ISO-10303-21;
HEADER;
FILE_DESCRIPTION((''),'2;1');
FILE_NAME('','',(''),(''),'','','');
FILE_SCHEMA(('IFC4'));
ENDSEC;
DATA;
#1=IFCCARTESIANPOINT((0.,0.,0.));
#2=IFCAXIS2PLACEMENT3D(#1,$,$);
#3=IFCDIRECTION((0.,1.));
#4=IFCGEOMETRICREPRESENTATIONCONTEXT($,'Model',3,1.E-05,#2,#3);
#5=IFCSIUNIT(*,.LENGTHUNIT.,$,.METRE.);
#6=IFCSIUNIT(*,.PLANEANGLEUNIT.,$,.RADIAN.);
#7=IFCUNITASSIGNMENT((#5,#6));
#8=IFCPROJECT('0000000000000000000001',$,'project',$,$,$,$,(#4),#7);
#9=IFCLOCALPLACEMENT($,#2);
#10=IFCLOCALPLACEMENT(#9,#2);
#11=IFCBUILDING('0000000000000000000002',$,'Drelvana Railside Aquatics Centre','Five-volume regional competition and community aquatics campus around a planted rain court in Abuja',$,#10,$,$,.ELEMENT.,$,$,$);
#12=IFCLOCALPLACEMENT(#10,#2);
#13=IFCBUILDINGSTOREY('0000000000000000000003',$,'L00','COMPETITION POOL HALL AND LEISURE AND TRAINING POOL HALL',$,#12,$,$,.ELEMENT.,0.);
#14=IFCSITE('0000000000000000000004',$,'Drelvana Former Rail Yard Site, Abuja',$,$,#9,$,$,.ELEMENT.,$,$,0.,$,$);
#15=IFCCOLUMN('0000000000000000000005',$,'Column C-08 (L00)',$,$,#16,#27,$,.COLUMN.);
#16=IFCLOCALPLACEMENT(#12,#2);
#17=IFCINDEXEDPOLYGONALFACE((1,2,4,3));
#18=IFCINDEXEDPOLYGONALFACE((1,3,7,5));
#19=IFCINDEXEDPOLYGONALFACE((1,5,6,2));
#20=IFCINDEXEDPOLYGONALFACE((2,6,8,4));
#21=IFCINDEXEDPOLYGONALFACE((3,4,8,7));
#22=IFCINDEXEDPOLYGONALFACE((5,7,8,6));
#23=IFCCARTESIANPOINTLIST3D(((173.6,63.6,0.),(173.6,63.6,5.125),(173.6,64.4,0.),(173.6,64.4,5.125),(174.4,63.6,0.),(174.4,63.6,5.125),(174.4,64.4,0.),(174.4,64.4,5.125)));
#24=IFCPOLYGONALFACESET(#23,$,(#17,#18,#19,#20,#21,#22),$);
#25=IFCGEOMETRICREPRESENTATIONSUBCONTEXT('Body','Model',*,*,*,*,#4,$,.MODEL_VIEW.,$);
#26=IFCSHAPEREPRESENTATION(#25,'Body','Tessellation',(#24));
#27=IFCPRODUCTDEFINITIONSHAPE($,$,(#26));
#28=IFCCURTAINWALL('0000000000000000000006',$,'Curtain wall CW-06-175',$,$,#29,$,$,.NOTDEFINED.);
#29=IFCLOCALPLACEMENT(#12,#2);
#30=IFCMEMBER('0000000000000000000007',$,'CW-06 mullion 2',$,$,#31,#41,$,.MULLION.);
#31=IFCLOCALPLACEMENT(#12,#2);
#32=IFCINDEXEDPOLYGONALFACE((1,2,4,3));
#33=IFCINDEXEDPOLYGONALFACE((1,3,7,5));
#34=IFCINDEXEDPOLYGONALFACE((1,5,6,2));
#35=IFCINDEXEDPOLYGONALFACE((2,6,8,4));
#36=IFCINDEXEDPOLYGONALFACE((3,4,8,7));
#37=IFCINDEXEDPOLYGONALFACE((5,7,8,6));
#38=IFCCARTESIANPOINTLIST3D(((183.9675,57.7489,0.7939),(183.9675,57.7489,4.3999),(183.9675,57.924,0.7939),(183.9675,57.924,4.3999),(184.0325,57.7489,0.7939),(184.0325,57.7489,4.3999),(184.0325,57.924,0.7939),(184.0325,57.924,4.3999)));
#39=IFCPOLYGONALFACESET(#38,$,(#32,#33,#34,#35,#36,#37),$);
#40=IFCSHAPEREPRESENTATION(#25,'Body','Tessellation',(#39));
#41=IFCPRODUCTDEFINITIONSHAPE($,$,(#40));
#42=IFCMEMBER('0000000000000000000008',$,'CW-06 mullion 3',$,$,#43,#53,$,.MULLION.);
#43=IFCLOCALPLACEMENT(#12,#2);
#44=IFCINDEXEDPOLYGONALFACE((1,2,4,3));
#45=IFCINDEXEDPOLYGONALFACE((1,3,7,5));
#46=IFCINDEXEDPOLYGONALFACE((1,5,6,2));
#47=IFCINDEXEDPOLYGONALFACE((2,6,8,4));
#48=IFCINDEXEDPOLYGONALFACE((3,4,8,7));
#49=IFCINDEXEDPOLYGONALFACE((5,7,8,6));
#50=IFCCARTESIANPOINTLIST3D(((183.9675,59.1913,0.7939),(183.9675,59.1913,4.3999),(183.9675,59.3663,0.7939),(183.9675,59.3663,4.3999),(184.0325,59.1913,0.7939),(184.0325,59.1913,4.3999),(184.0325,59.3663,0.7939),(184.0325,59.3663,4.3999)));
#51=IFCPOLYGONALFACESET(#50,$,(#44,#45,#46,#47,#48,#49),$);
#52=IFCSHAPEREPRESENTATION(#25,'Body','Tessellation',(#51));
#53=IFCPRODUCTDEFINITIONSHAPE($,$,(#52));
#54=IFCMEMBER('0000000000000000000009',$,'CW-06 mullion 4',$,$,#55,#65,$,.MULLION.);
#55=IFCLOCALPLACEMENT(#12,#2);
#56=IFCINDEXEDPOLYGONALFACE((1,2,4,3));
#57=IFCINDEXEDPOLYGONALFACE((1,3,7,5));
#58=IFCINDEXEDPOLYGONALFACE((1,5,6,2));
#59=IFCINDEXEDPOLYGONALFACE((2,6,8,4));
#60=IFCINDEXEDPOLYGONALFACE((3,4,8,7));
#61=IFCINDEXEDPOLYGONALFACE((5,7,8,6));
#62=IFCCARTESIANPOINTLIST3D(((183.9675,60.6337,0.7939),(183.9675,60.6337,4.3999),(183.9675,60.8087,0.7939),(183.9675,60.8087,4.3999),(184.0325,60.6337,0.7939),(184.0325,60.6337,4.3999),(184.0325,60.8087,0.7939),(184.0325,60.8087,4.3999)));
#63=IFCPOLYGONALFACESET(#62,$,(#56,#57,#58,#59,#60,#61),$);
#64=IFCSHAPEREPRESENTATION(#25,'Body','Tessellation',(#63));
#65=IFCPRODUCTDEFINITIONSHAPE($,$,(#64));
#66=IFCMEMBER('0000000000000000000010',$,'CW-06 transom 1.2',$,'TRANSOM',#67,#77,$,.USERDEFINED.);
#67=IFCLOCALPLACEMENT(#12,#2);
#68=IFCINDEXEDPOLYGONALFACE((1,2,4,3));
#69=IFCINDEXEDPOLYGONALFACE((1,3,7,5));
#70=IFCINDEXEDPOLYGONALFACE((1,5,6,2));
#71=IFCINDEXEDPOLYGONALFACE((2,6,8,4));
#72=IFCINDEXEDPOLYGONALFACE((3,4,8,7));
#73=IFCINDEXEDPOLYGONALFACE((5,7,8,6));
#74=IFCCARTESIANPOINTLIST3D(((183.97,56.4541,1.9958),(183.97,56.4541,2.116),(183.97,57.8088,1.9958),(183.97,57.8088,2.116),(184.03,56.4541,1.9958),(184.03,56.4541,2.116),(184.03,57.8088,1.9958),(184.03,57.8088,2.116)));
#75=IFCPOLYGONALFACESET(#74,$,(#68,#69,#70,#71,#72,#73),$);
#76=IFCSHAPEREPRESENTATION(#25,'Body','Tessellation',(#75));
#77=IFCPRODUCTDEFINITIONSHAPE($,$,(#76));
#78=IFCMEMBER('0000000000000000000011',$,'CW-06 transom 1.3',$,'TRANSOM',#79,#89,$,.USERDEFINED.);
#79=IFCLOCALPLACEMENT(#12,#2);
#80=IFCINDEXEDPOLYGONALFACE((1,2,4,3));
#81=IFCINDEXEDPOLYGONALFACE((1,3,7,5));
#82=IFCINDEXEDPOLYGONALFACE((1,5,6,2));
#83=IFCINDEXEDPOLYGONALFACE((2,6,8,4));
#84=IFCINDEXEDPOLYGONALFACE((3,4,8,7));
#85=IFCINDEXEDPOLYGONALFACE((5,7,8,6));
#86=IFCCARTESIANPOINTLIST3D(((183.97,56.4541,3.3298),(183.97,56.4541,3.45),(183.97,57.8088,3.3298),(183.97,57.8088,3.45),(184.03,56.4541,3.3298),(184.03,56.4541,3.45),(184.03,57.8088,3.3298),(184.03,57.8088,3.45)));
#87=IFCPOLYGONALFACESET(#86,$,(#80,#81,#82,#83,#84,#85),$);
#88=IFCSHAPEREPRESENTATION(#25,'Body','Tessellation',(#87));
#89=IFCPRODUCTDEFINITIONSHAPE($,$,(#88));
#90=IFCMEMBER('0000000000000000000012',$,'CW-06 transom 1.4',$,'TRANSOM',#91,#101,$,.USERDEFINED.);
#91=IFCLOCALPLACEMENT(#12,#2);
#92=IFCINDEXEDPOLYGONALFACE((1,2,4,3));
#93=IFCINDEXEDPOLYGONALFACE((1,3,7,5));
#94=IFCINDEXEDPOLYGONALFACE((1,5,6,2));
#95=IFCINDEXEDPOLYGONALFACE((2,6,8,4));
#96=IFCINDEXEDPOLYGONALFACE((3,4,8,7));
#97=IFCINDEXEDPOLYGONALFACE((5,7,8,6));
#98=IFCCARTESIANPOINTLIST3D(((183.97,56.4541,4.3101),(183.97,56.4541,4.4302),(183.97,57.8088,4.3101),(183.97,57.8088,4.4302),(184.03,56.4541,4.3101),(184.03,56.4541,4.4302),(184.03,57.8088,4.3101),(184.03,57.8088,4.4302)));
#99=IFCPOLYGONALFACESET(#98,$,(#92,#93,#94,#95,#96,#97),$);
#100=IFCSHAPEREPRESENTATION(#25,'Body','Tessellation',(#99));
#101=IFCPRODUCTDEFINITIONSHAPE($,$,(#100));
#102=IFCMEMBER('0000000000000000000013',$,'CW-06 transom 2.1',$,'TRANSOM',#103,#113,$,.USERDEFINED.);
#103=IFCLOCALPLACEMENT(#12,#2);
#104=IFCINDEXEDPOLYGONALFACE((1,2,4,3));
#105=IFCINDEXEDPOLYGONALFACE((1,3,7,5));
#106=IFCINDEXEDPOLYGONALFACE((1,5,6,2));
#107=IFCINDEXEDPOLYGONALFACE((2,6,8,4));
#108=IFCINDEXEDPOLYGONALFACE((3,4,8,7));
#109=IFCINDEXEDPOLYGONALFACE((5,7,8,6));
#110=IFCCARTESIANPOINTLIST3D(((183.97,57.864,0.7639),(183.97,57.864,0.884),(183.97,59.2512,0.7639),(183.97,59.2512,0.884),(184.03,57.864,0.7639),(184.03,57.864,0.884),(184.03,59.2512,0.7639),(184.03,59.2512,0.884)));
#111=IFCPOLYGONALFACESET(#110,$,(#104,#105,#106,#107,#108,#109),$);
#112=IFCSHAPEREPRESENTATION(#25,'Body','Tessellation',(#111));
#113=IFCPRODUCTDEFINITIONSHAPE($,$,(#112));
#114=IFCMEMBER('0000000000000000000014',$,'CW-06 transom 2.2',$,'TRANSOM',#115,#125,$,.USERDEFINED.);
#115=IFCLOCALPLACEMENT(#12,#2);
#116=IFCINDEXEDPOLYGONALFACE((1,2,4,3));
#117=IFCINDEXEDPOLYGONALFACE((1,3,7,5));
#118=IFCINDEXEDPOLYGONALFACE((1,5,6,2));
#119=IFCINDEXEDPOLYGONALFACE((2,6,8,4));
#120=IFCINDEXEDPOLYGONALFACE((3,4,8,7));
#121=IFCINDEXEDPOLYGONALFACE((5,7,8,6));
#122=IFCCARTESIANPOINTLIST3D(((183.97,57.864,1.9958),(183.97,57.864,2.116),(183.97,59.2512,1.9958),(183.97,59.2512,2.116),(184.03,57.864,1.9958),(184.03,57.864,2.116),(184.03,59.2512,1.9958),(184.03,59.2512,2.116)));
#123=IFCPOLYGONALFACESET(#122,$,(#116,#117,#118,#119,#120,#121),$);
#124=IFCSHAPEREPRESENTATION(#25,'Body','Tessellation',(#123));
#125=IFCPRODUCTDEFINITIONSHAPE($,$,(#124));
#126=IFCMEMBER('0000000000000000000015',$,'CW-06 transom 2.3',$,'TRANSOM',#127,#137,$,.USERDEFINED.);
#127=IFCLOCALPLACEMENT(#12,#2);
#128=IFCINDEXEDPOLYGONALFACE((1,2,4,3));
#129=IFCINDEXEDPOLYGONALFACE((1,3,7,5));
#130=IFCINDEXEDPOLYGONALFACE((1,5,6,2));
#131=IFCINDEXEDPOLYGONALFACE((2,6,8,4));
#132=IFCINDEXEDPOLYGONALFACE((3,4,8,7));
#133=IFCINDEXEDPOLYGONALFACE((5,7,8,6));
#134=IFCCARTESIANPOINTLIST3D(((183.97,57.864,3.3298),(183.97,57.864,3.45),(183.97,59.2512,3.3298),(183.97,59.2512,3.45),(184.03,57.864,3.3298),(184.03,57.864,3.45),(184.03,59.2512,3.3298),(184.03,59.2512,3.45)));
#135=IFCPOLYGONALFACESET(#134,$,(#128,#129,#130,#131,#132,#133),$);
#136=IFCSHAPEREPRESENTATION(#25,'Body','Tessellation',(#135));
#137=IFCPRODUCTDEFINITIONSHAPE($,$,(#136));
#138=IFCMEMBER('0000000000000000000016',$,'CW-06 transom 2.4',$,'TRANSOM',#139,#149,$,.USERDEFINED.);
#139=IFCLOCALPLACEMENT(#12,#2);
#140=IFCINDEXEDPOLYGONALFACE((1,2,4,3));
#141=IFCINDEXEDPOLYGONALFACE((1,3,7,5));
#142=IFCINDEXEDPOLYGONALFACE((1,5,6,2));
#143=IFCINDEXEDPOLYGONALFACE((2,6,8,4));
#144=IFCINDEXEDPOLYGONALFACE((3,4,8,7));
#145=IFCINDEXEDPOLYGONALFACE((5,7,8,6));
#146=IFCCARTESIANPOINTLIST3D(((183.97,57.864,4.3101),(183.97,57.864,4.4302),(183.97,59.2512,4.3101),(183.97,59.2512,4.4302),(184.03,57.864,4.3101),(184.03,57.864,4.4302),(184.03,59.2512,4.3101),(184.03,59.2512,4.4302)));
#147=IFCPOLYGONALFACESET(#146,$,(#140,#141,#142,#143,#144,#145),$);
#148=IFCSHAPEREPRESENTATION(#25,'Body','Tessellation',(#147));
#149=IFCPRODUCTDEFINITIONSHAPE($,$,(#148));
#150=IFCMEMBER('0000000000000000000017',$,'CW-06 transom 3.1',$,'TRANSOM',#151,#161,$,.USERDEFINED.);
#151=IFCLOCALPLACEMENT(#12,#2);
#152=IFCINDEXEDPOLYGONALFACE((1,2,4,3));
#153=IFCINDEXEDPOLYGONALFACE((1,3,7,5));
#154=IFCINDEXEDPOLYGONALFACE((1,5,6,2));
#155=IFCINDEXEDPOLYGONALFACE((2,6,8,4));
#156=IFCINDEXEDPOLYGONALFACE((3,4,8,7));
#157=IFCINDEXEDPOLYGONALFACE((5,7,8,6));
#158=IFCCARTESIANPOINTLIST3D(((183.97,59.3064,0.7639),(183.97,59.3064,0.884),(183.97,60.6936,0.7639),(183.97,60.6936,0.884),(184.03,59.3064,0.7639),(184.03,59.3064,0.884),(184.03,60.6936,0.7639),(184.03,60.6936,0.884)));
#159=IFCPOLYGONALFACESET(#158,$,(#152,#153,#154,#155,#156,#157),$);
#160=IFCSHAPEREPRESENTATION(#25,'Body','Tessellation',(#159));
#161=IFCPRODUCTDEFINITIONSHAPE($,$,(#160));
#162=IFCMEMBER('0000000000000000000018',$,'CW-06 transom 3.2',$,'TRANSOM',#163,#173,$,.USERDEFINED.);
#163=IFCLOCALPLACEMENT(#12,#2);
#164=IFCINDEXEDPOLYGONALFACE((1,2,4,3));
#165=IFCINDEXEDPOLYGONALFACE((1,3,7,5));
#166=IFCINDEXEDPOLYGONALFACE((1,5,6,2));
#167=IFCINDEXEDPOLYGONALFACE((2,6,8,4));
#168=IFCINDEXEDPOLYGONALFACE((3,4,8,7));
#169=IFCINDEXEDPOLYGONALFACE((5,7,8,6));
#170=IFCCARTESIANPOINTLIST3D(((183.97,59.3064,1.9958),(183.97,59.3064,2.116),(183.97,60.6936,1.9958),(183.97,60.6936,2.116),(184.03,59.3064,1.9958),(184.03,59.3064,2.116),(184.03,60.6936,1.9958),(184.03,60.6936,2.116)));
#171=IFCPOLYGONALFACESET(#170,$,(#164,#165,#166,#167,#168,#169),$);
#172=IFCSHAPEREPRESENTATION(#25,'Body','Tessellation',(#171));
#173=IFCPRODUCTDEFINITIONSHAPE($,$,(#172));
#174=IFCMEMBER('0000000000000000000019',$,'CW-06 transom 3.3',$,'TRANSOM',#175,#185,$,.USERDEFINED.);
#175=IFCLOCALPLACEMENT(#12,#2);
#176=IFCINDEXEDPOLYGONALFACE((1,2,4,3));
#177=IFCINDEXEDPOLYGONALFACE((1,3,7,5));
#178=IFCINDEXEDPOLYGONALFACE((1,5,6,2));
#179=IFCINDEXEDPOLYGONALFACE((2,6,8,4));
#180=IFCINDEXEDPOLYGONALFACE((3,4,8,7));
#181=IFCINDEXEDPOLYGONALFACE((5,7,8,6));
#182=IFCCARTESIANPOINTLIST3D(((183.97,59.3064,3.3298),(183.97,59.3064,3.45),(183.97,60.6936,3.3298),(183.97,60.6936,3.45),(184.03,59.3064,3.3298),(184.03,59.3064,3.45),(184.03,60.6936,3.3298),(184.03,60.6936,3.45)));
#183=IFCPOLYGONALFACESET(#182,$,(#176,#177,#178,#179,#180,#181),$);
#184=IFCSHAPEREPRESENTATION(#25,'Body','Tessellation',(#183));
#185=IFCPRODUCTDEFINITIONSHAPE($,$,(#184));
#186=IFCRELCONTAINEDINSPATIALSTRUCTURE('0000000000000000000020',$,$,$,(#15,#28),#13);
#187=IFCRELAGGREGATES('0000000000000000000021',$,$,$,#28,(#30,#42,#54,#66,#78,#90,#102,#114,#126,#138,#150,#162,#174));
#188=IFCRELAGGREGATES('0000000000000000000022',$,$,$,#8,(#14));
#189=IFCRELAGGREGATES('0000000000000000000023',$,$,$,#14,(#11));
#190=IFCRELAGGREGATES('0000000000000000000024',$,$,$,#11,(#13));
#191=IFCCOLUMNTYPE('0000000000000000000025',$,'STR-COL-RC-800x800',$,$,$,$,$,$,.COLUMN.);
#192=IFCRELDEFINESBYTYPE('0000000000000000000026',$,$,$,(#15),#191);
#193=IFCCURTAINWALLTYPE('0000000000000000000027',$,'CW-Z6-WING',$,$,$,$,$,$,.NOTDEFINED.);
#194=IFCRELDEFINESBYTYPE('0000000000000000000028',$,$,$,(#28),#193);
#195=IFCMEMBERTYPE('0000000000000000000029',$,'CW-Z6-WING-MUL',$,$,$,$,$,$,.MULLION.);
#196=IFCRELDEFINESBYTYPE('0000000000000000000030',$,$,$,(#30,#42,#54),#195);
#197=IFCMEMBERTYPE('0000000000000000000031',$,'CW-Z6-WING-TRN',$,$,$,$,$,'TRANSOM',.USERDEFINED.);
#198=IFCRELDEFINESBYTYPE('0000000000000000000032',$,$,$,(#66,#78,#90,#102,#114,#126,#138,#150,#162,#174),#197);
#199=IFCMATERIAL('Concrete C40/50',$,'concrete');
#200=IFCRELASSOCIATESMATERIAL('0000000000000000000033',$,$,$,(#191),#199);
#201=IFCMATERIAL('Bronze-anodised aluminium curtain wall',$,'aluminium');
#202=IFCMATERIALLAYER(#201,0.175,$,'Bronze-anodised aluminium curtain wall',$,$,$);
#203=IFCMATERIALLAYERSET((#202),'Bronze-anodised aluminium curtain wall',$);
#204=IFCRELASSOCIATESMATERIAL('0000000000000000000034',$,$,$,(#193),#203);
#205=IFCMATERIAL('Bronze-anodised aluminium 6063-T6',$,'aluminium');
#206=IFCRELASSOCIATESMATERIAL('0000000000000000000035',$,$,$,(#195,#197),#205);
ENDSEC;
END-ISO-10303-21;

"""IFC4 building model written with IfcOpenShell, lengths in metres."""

from ifc_helpers import new_model, si_unit, direction, frame, origin, origin_2d, place, context, subcontext, project, spatial, rectangle, extrude, material, layer, layer_set, material_profile, profile_set, type_object, element, aggregate, save


model = new_model("IFC4")

# Units and contexts
model_context = context("Model", 3, precision=1e-05, world=origin(), true_north=direction((0.0, 1.0)))
body_context = subcontext(model_context, "Body", "Model", "MODEL_VIEW")
ifc_project = project(units=[si_unit("LENGTHUNIT", "METRE"), si_unit("PLANEANGLEUNIT", "RADIAN")], contexts=[model_context])

# Site, building, storey
site_placement = place(None, origin())
site = spatial("IfcSite", under=ifc_project, at=site_placement, Name="Drelvana Former Rail Yard Site, Abuja", CompositionType="ELEMENT", RefElevation=0.0)
building_placement = place(site_placement, origin())
building = spatial("IfcBuilding", under=site, at=building_placement, Name="Drelvana Railside Aquatics Centre", Description="Five-volume regional competition and community aquatics campus around a planted rain court in Abuja", CompositionType="ELEMENT")
storey_placement = place(building_placement, origin())
storey = spatial("IfcBuildingStorey", under=building, at=storey_placement, Name="L00", Description="COMPETITION POOL HALL AND LEISURE AND TRAINING POOL HALL", CompositionType="ELEMENT", Elevation=0.0)

# Column
ifc_material_1 = material(Name="Concrete C40/50", Category="concrete")
ifc_material_profile_1 = material_profile(ifc_material_1, rectangle(XDim=0.8, YDim=0.8, at=origin_2d()), Name="RC 800x800")
ifc_profile_set_1 = profile_set([ifc_material_profile_1], Name="Concrete C40/50")
column_type = type_object("IfcColumnType", Name="STR-COL-RC-800x800", PredefinedType="COLUMN", material=ifc_profile_set_1)
column_placement = place(storey_placement, frame((174.0, 64.0, 0.0), z_axis=(0.0, 0.0, 1.0), x_axis=(1.0, 0.0, 0.0)))
element("IfcColumn", 1, at=column_placement, inside=storey, type_object=column_type, Name="Column C-08 (L00)", PredefinedType="COLUMN", context=body_context, shape_type="SweptSolid", body=[
    extrude(rectangle(XDim=0.8, YDim=0.8, at=origin_2d()), origin(), (0.0, 0.0, 1.0), 5.125),
])

# Curtain wall, members
ifc_material_2 = material(Name="Bronze-anodised aluminium curtain wall", Category="aluminium")
ifc_layer_1 = layer(ifc_material_2, 0.175, Name="Bronze-anodised aluminium curtain wall")
ifc_layer_set_1 = layer_set([ifc_layer_1], Name="Bronze-anodised aluminium curtain wall")
curtain_wall_type = type_object("IfcCurtainWallType", Name="CW-Z6-WING", PredefinedType="NOTDEFINED", material=ifc_layer_set_1)
curtain_wall_placement = place(storey_placement, origin())
curtain_wall = element("IfcCurtainWall", 2, at=curtain_wall_placement, inside=storey, type_object=curtain_wall_type, Name="Curtain wall CW-06-175", PredefinedType="NOTDEFINED")
ifc_material_3 = material(Name="Bronze-anodised aluminium 6063-T6", Category="aluminium")
ifc_material_profile_2 = material_profile(ifc_material_3, rectangle(XDim=0.0649, YDim=0.175, at=origin_2d()), Name="ALU-M 65x175")
ifc_profile_set_2 = profile_set([ifc_material_profile_2], Name="Bronze-anodised aluminium 6063-T6")
member_type_1 = type_object("IfcMemberType", Name="CW-Z6-WING-MUL", PredefinedType="MULLION", material=ifc_profile_set_2)
member_1_placement = place(storey_placement, frame((184.0, 57.8364, 0.7939), z_axis=(0.0, 0.0, 1.0), x_axis=(-1.0, 0.0, 0.0)))
member_1 = element("IfcMember", 3, at=member_1_placement, type_object=member_type_1, Name="CW-06 mullion 2", PredefinedType="MULLION", context=body_context, shape_type="SweptSolid", body=[
    extrude(rectangle(XDim=0.0649, YDim=0.175, at=origin_2d()), origin(), (0.0, 0.0, 1.0), 3.606),
])
member_2_placement = place(storey_placement, frame((184.0, 59.2788, 0.7939), z_axis=(0.0, 0.0, 1.0), x_axis=(-1.0, 0.0, 0.0)))
member_2 = element("IfcMember", 4, at=member_2_placement, type_object=member_type_1, Name="CW-06 mullion 3", PredefinedType="MULLION", context=body_context, shape_type="SweptSolid", body=[
    extrude(rectangle(XDim=0.0649, YDim=0.175, at=origin_2d()), origin(), (0.0, 0.0, 1.0), 3.606),
])
member_3_placement = place(storey_placement, frame((184.0, 60.7212, 0.7939), z_axis=(0.0, 0.0, 1.0), x_axis=(-1.0, 0.0, 0.0)))
member_3 = element("IfcMember", 5, at=member_3_placement, type_object=member_type_1, Name="CW-06 mullion 4", PredefinedType="MULLION", context=body_context, shape_type="SweptSolid", body=[
    extrude(rectangle(XDim=0.0649, YDim=0.175, at=origin_2d()), origin(), (0.0, 0.0, 1.0), 3.606),
])
ifc_material_profile_3 = material_profile(ifc_material_3, rectangle(XDim=0.1201, YDim=0.0601, at=origin_2d()), Name="ALU-T 60x120")
ifc_profile_set_3 = profile_set([ifc_material_profile_3], Name="Bronze-anodised aluminium 6063-T6")
member_type_2 = type_object("IfcMemberType", Name="CW-Z6-WING-TRN", ElementType="TRANSOM", PredefinedType="USERDEFINED", material=ifc_profile_set_3)
member_4_placement = place(storey_placement, frame((184.0, 56.4541, 2.0559), z_axis=(0.0, 1.0, 0.0), x_axis=(0.0, 0.0, 1.0)))
member_4 = element("IfcMember", 6, at=member_4_placement, type_object=member_type_2, Name="CW-06 transom 1.2", ObjectType="TRANSOM", PredefinedType="USERDEFINED", context=body_context, shape_type="SweptSolid", body=[
    extrude(rectangle(XDim=0.1201, YDim=0.0601, at=origin_2d()), origin(), (0.0, 0.0, 1.0), 1.3547),
])
member_5_placement = place(storey_placement, frame((184.0, 56.4541, 3.3899), z_axis=(0.0, 1.0, 0.0), x_axis=(0.0, 0.0, 1.0)))
member_5 = element("IfcMember", 7, at=member_5_placement, type_object=member_type_2, Name="CW-06 transom 1.3", ObjectType="TRANSOM", PredefinedType="USERDEFINED", context=body_context, shape_type="SweptSolid", body=[
    extrude(rectangle(XDim=0.1201, YDim=0.0601, at=origin_2d()), origin(), (0.0, 0.0, 1.0), 1.3547),
])
member_6_placement = place(storey_placement, frame((184.0, 56.4541, 4.3701), z_axis=(0.0, 1.0, 0.0), x_axis=(0.0, 0.0, 1.0)))
member_6 = element("IfcMember", 8, at=member_6_placement, type_object=member_type_2, Name="CW-06 transom 1.4", ObjectType="TRANSOM", PredefinedType="USERDEFINED", context=body_context, shape_type="SweptSolid", body=[
    extrude(rectangle(XDim=0.1201, YDim=0.0601, at=origin_2d()), origin(), (0.0, 0.0, 1.0), 1.3547),
])
member_7_placement = place(storey_placement, frame((184.0, 57.864, 0.824), z_axis=(0.0, 1.0, 0.0), x_axis=(0.0, 0.0, 1.0)))
member_7 = element("IfcMember", 9, at=member_7_placement, type_object=member_type_2, Name="CW-06 transom 2.1", ObjectType="TRANSOM", PredefinedType="USERDEFINED", context=body_context, shape_type="SweptSolid", body=[
    extrude(rectangle(XDim=0.1201, YDim=0.0601, at=origin_2d()), origin(), (0.0, 0.0, 1.0), 1.3872),
])
member_8_placement = place(storey_placement, frame((184.0, 57.864, 2.0559), z_axis=(0.0, 1.0, 0.0), x_axis=(0.0, 0.0, 1.0)))
member_8 = element("IfcMember", 10, at=member_8_placement, type_object=member_type_2, Name="CW-06 transom 2.2", ObjectType="TRANSOM", PredefinedType="USERDEFINED", context=body_context, shape_type="SweptSolid", body=[
    extrude(rectangle(XDim=0.1201, YDim=0.0601, at=origin_2d()), origin(), (0.0, 0.0, 1.0), 1.3872),
])
member_9_placement = place(storey_placement, frame((184.0, 57.864, 3.3899), z_axis=(0.0, 1.0, 0.0), x_axis=(0.0, 0.0, 1.0)))
member_9 = element("IfcMember", 11, at=member_9_placement, type_object=member_type_2, Name="CW-06 transom 2.3", ObjectType="TRANSOM", PredefinedType="USERDEFINED", context=body_context, shape_type="SweptSolid", body=[
    extrude(rectangle(XDim=0.1201, YDim=0.0601, at=origin_2d()), origin(), (0.0, 0.0, 1.0), 1.3872),
])
member_10_placement = place(storey_placement, frame((184.0, 57.864, 4.3701), z_axis=(0.0, 1.0, 0.0), x_axis=(0.0, 0.0, 1.0)))
member_10 = element("IfcMember", 12, at=member_10_placement, type_object=member_type_2, Name="CW-06 transom 2.4", ObjectType="TRANSOM", PredefinedType="USERDEFINED", context=body_context, shape_type="SweptSolid", body=[
    extrude(rectangle(XDim=0.1201, YDim=0.0601, at=origin_2d()), origin(), (0.0, 0.0, 1.0), 1.3872),
])
member_11_placement = place(storey_placement, frame((184.0, 59.3064, 0.824), z_axis=(0.0, 1.0, 0.0), x_axis=(0.0, 0.0, 1.0)))
member_11 = element("IfcMember", 13, at=member_11_placement, type_object=member_type_2, Name="CW-06 transom 3.1", ObjectType="TRANSOM", PredefinedType="USERDEFINED", context=body_context, shape_type="SweptSolid", body=[
    extrude(rectangle(XDim=0.1201, YDim=0.0601, at=origin_2d()), origin(), (0.0, 0.0, 1.0), 1.3872),
])
member_12_placement = place(storey_placement, frame((184.0, 59.3064, 2.0559), z_axis=(0.0, 1.0, 0.0), x_axis=(0.0, 0.0, 1.0)))
member_12 = element("IfcMember", 14, at=member_12_placement, type_object=member_type_2, Name="CW-06 transom 3.2", ObjectType="TRANSOM", PredefinedType="USERDEFINED", context=body_context, shape_type="SweptSolid", body=[
    extrude(rectangle(XDim=0.1201, YDim=0.0601, at=origin_2d()), origin(), (0.0, 0.0, 1.0), 1.3872),
])
member_13_placement = place(storey_placement, frame((184.0, 59.3064, 3.3899), z_axis=(0.0, 1.0, 0.0), x_axis=(0.0, 0.0, 1.0)))
member_13 = element("IfcMember", 15, at=member_13_placement, type_object=member_type_2, Name="CW-06 transom 3.3", ObjectType="TRANSOM", PredefinedType="USERDEFINED", context=body_context, shape_type="SweptSolid", body=[
    extrude(rectangle(XDim=0.1201, YDim=0.0601, at=origin_2d()), origin(), (0.0, 0.0, 1.0), 1.3872),
])

aggregate(curtain_wall, [member_1, member_2, member_3, member_4, member_5, member_6, member_7, member_8, member_9, member_10, member_11, member_12, member_13])

save(model, "model.ifc")
